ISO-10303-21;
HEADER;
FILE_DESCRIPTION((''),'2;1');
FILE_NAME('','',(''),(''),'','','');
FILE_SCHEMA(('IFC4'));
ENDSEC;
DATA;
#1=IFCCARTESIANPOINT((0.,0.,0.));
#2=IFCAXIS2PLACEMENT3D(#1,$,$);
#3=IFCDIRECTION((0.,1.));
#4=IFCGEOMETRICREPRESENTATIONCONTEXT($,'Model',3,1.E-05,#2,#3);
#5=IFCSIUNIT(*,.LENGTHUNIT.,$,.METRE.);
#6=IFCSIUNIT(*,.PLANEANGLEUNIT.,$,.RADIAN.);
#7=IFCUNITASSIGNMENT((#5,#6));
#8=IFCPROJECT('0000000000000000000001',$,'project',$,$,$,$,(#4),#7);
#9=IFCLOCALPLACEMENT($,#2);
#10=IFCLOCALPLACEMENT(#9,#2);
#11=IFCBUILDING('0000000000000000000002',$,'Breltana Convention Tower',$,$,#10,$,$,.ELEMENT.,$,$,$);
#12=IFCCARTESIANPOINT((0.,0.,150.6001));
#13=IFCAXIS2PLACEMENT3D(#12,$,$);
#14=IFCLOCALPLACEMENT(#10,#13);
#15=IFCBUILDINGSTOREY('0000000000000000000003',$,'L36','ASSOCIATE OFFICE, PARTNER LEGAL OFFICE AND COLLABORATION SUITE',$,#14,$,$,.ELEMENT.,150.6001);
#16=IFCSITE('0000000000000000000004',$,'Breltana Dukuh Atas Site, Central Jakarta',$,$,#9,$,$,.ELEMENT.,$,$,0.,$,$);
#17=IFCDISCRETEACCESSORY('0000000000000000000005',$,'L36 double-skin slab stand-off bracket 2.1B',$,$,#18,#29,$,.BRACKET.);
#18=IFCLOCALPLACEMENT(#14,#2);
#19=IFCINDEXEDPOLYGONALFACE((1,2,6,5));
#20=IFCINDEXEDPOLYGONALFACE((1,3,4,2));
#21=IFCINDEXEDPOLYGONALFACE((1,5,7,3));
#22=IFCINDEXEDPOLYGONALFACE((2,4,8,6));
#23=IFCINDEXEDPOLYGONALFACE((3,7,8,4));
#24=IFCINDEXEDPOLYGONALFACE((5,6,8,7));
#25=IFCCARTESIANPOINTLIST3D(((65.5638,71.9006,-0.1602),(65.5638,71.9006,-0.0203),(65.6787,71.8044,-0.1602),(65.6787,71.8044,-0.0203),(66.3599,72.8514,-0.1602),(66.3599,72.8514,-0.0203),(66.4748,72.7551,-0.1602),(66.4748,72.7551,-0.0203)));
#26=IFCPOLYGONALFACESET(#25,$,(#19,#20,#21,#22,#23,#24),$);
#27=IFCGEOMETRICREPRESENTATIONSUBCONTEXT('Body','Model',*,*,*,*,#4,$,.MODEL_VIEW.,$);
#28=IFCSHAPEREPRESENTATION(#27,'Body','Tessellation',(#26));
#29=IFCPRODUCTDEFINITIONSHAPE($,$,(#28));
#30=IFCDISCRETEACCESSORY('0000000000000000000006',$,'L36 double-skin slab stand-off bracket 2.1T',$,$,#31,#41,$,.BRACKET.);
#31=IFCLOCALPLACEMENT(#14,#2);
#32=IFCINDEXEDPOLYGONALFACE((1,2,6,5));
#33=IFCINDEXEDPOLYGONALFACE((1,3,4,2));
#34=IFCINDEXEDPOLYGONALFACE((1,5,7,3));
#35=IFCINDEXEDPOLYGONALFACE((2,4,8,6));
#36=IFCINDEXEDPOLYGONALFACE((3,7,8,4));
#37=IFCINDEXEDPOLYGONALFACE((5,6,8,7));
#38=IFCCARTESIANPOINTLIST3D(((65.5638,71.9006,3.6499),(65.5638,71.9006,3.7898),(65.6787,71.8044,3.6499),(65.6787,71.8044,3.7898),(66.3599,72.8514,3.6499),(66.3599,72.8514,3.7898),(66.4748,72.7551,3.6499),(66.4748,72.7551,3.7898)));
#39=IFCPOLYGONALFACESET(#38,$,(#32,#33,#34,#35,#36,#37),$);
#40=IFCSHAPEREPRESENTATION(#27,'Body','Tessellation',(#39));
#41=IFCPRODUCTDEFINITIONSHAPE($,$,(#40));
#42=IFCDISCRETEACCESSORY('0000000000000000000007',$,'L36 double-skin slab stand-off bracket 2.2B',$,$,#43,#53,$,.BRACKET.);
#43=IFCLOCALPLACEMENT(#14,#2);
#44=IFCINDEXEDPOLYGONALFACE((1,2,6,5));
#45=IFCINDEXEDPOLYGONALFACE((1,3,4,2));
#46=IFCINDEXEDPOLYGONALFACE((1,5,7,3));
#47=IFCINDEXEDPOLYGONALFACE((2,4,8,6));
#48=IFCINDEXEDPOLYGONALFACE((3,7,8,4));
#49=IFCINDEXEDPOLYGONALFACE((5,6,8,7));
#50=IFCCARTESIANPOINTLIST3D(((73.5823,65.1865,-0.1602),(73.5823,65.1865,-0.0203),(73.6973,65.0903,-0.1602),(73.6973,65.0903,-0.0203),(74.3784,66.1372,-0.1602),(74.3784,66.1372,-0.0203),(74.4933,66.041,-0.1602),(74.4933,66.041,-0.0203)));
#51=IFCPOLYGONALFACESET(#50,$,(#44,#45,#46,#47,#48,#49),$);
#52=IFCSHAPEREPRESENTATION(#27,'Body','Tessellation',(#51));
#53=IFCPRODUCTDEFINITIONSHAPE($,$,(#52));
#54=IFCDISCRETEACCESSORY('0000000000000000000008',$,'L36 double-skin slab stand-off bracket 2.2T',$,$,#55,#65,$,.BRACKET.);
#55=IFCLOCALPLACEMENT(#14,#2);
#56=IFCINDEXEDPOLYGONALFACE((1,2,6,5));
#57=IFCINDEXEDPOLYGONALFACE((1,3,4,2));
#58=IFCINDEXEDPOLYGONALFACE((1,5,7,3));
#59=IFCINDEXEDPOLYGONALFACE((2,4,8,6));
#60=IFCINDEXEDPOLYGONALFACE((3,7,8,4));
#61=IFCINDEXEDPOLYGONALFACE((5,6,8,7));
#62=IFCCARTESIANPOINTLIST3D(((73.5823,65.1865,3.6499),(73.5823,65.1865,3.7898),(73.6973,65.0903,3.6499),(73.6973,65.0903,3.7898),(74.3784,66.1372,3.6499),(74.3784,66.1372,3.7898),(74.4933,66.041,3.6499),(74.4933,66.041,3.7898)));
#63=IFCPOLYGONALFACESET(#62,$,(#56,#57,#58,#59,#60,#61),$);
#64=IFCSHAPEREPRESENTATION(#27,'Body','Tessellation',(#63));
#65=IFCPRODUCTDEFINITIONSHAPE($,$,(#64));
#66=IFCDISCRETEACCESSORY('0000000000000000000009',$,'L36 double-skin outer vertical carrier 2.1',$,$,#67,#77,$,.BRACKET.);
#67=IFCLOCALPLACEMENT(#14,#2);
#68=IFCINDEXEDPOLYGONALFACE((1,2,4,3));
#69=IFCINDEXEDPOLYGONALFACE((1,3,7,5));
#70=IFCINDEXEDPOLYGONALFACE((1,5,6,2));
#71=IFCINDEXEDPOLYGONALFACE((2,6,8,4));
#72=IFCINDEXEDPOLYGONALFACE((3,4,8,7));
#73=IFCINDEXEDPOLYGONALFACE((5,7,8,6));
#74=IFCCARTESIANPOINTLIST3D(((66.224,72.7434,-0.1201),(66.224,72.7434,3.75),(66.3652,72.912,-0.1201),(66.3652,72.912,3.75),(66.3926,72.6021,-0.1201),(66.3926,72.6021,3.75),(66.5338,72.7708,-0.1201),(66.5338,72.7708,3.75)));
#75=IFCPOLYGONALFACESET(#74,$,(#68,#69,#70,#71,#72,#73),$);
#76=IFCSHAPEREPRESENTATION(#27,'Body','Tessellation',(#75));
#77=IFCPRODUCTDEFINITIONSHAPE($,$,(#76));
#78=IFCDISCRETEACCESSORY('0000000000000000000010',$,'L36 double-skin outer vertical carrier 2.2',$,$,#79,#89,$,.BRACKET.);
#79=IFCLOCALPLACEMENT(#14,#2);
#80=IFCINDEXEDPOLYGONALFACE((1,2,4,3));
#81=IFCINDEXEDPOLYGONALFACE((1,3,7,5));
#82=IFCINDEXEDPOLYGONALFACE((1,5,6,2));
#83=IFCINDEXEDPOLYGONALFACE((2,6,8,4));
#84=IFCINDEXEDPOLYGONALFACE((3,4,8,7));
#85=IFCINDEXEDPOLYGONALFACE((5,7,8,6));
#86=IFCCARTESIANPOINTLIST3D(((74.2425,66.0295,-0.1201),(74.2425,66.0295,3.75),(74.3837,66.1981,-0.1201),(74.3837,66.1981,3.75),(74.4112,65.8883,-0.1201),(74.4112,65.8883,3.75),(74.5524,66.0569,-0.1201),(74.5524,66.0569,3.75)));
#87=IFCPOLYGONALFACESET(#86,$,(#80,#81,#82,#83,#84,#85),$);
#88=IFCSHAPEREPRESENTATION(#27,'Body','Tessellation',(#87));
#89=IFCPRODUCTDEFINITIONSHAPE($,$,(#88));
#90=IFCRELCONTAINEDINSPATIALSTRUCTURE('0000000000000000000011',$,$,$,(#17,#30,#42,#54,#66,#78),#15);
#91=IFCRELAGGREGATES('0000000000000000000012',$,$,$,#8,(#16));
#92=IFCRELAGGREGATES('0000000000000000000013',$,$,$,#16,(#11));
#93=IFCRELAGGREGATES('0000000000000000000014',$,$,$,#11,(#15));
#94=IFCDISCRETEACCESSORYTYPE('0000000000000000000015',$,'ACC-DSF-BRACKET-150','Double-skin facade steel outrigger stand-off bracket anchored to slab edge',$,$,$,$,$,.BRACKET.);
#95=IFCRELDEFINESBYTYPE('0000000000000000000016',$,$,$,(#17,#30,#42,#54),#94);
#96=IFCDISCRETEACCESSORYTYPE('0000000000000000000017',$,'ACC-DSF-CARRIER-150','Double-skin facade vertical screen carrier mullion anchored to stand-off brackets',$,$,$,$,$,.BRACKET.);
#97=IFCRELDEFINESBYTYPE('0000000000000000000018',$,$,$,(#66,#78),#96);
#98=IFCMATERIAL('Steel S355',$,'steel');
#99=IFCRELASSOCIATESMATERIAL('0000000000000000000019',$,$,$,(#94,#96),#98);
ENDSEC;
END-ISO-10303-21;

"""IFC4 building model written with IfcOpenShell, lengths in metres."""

from ifc_helpers import new_model, si_unit, direction, frame, origin, origin_2d, place, context, subcontext, project, spatial, rectangle, extrude, source, transform, mapped, material, type_object, type_shapes, element, save


model = new_model("IFC4")

# Units and contexts
model_context = context("Model", 3, precision=1e-05, world=origin(), true_north=direction((0.0, 1.0)))
body_context = subcontext(model_context, "Body", "Model", "MODEL_VIEW")
ifc_project = project(units=[si_unit("LENGTHUNIT", "METRE"), si_unit("PLANEANGLEUNIT", "RADIAN")], contexts=[model_context])

# Site, building, storey
site_placement = place(None, origin())
site = spatial("IfcSite", under=ifc_project, at=site_placement, Name="Breltana Dukuh Atas Site, Central Jakarta", CompositionType="ELEMENT", RefElevation=0.0)
building_placement = place(site_placement, origin())
building = spatial("IfcBuilding", under=site, at=building_placement, Name="Breltana Convention Tower", CompositionType="ELEMENT")
storey_placement = place(building_placement, frame((0.0, 0.0, 150.6001)))
storey = spatial("IfcBuildingStorey", under=building, at=storey_placement, Name="L36", Description="ASSOCIATE OFFICE, PARTNER LEGAL OFFICE AND COLLABORATION SUITE", CompositionType="ELEMENT", Elevation=150.6001)

# Discrete accessories
ifc_material_1 = material(Name="Steel S355", Category="steel")
discrete_accessory_type_1 = type_object("IfcDiscreteAccessoryType", Name="ACC-DSF-BRACKET-150", Description="Double-skin facade steel outrigger stand-off bracket anchored to slab edge", PredefinedType="BRACKET", material=ifc_material_1)
shared_shape_1 = source(origin(), body_context, "Body", "SweptSolid", [
    extrude(rectangle(XDim=1.24, YDim=0.1499, at=origin_2d()), origin(), (0.0, 0.0, 1.0), 0.1399),
])
type_shapes(discrete_accessory_type_1, [shared_shape_1])
for number, where, z_axis, x_axis, name in (
    (1, (66.0193, 72.3279, -0.1602), (0.0, 0.0, 1.0), (0.641989, 0.766714, 0.0), "L36 double-skin slab stand-off bracket 2.1B"),
    (2, (66.0193, 72.3279, 3.6499), (0.0, 0.0, 1.0), (0.641989, 0.766714, 0.0), "L36 double-skin slab stand-off bracket 2.1T"),
    (3, (74.0378, 65.6138, -0.1602), (0.0, 0.0, 1.0), (0.641989, 0.766714, 0.0), "L36 double-skin slab stand-off bracket 2.2B"),
    (4, (74.0378, 65.6138, 3.6499), (0.0, 0.0, 1.0), (0.641989, 0.766714, 0.0), "L36 double-skin slab stand-off bracket 2.2T"),
):
    element("IfcDiscreteAccessory", number, at=place(storey_placement, frame(where, z_axis=z_axis, x_axis=x_axis)), inside=storey, type_object=discrete_accessory_type_1, Name=name, PredefinedType="BRACKET", context=body_context, shape_type="MappedRepresentation", body=[
        mapped(shared_shape_1, transform((0.0, 0.0, 0.0), scale=1.0)),
    ])
discrete_accessory_type_2 = type_object("IfcDiscreteAccessoryType", Name="ACC-DSF-CARRIER-150", Description="Double-skin facade vertical screen carrier mullion anchored to stand-off brackets", PredefinedType="BRACKET", material=ifc_material_1)
shared_shape_2 = source(origin(), body_context, "Body", "SweptSolid", [
    extrude(rectangle(XDim=0.22, YDim=0.22, at=origin_2d()), origin(), (0.0, 0.0, 1.0), 3.8701),
])
for number, where, z_axis, x_axis, name in (
    (5, (66.3789, 72.7571, -0.1201), (0.0, 0.0, 1.0), (0.641989, 0.766714, 0.0), "L36 double-skin outer vertical carrier 2.1"),
    (6, (74.3975, 66.0432, -0.1201), (0.0, 0.0, 1.0), (0.641989, 0.766714, 0.0), "L36 double-skin outer vertical carrier 2.2"),
):
    element("IfcDiscreteAccessory", number, at=place(storey_placement, frame(where, z_axis=z_axis, x_axis=x_axis)), inside=storey, type_object=discrete_accessory_type_2, Name=name, PredefinedType="BRACKET", context=body_context, shape_type="MappedRepresentation", body=[
        mapped(shared_shape_2, transform((0.0, 0.0, 0.0), scale=1.0)),
    ])

save(model, "model.ifc")
